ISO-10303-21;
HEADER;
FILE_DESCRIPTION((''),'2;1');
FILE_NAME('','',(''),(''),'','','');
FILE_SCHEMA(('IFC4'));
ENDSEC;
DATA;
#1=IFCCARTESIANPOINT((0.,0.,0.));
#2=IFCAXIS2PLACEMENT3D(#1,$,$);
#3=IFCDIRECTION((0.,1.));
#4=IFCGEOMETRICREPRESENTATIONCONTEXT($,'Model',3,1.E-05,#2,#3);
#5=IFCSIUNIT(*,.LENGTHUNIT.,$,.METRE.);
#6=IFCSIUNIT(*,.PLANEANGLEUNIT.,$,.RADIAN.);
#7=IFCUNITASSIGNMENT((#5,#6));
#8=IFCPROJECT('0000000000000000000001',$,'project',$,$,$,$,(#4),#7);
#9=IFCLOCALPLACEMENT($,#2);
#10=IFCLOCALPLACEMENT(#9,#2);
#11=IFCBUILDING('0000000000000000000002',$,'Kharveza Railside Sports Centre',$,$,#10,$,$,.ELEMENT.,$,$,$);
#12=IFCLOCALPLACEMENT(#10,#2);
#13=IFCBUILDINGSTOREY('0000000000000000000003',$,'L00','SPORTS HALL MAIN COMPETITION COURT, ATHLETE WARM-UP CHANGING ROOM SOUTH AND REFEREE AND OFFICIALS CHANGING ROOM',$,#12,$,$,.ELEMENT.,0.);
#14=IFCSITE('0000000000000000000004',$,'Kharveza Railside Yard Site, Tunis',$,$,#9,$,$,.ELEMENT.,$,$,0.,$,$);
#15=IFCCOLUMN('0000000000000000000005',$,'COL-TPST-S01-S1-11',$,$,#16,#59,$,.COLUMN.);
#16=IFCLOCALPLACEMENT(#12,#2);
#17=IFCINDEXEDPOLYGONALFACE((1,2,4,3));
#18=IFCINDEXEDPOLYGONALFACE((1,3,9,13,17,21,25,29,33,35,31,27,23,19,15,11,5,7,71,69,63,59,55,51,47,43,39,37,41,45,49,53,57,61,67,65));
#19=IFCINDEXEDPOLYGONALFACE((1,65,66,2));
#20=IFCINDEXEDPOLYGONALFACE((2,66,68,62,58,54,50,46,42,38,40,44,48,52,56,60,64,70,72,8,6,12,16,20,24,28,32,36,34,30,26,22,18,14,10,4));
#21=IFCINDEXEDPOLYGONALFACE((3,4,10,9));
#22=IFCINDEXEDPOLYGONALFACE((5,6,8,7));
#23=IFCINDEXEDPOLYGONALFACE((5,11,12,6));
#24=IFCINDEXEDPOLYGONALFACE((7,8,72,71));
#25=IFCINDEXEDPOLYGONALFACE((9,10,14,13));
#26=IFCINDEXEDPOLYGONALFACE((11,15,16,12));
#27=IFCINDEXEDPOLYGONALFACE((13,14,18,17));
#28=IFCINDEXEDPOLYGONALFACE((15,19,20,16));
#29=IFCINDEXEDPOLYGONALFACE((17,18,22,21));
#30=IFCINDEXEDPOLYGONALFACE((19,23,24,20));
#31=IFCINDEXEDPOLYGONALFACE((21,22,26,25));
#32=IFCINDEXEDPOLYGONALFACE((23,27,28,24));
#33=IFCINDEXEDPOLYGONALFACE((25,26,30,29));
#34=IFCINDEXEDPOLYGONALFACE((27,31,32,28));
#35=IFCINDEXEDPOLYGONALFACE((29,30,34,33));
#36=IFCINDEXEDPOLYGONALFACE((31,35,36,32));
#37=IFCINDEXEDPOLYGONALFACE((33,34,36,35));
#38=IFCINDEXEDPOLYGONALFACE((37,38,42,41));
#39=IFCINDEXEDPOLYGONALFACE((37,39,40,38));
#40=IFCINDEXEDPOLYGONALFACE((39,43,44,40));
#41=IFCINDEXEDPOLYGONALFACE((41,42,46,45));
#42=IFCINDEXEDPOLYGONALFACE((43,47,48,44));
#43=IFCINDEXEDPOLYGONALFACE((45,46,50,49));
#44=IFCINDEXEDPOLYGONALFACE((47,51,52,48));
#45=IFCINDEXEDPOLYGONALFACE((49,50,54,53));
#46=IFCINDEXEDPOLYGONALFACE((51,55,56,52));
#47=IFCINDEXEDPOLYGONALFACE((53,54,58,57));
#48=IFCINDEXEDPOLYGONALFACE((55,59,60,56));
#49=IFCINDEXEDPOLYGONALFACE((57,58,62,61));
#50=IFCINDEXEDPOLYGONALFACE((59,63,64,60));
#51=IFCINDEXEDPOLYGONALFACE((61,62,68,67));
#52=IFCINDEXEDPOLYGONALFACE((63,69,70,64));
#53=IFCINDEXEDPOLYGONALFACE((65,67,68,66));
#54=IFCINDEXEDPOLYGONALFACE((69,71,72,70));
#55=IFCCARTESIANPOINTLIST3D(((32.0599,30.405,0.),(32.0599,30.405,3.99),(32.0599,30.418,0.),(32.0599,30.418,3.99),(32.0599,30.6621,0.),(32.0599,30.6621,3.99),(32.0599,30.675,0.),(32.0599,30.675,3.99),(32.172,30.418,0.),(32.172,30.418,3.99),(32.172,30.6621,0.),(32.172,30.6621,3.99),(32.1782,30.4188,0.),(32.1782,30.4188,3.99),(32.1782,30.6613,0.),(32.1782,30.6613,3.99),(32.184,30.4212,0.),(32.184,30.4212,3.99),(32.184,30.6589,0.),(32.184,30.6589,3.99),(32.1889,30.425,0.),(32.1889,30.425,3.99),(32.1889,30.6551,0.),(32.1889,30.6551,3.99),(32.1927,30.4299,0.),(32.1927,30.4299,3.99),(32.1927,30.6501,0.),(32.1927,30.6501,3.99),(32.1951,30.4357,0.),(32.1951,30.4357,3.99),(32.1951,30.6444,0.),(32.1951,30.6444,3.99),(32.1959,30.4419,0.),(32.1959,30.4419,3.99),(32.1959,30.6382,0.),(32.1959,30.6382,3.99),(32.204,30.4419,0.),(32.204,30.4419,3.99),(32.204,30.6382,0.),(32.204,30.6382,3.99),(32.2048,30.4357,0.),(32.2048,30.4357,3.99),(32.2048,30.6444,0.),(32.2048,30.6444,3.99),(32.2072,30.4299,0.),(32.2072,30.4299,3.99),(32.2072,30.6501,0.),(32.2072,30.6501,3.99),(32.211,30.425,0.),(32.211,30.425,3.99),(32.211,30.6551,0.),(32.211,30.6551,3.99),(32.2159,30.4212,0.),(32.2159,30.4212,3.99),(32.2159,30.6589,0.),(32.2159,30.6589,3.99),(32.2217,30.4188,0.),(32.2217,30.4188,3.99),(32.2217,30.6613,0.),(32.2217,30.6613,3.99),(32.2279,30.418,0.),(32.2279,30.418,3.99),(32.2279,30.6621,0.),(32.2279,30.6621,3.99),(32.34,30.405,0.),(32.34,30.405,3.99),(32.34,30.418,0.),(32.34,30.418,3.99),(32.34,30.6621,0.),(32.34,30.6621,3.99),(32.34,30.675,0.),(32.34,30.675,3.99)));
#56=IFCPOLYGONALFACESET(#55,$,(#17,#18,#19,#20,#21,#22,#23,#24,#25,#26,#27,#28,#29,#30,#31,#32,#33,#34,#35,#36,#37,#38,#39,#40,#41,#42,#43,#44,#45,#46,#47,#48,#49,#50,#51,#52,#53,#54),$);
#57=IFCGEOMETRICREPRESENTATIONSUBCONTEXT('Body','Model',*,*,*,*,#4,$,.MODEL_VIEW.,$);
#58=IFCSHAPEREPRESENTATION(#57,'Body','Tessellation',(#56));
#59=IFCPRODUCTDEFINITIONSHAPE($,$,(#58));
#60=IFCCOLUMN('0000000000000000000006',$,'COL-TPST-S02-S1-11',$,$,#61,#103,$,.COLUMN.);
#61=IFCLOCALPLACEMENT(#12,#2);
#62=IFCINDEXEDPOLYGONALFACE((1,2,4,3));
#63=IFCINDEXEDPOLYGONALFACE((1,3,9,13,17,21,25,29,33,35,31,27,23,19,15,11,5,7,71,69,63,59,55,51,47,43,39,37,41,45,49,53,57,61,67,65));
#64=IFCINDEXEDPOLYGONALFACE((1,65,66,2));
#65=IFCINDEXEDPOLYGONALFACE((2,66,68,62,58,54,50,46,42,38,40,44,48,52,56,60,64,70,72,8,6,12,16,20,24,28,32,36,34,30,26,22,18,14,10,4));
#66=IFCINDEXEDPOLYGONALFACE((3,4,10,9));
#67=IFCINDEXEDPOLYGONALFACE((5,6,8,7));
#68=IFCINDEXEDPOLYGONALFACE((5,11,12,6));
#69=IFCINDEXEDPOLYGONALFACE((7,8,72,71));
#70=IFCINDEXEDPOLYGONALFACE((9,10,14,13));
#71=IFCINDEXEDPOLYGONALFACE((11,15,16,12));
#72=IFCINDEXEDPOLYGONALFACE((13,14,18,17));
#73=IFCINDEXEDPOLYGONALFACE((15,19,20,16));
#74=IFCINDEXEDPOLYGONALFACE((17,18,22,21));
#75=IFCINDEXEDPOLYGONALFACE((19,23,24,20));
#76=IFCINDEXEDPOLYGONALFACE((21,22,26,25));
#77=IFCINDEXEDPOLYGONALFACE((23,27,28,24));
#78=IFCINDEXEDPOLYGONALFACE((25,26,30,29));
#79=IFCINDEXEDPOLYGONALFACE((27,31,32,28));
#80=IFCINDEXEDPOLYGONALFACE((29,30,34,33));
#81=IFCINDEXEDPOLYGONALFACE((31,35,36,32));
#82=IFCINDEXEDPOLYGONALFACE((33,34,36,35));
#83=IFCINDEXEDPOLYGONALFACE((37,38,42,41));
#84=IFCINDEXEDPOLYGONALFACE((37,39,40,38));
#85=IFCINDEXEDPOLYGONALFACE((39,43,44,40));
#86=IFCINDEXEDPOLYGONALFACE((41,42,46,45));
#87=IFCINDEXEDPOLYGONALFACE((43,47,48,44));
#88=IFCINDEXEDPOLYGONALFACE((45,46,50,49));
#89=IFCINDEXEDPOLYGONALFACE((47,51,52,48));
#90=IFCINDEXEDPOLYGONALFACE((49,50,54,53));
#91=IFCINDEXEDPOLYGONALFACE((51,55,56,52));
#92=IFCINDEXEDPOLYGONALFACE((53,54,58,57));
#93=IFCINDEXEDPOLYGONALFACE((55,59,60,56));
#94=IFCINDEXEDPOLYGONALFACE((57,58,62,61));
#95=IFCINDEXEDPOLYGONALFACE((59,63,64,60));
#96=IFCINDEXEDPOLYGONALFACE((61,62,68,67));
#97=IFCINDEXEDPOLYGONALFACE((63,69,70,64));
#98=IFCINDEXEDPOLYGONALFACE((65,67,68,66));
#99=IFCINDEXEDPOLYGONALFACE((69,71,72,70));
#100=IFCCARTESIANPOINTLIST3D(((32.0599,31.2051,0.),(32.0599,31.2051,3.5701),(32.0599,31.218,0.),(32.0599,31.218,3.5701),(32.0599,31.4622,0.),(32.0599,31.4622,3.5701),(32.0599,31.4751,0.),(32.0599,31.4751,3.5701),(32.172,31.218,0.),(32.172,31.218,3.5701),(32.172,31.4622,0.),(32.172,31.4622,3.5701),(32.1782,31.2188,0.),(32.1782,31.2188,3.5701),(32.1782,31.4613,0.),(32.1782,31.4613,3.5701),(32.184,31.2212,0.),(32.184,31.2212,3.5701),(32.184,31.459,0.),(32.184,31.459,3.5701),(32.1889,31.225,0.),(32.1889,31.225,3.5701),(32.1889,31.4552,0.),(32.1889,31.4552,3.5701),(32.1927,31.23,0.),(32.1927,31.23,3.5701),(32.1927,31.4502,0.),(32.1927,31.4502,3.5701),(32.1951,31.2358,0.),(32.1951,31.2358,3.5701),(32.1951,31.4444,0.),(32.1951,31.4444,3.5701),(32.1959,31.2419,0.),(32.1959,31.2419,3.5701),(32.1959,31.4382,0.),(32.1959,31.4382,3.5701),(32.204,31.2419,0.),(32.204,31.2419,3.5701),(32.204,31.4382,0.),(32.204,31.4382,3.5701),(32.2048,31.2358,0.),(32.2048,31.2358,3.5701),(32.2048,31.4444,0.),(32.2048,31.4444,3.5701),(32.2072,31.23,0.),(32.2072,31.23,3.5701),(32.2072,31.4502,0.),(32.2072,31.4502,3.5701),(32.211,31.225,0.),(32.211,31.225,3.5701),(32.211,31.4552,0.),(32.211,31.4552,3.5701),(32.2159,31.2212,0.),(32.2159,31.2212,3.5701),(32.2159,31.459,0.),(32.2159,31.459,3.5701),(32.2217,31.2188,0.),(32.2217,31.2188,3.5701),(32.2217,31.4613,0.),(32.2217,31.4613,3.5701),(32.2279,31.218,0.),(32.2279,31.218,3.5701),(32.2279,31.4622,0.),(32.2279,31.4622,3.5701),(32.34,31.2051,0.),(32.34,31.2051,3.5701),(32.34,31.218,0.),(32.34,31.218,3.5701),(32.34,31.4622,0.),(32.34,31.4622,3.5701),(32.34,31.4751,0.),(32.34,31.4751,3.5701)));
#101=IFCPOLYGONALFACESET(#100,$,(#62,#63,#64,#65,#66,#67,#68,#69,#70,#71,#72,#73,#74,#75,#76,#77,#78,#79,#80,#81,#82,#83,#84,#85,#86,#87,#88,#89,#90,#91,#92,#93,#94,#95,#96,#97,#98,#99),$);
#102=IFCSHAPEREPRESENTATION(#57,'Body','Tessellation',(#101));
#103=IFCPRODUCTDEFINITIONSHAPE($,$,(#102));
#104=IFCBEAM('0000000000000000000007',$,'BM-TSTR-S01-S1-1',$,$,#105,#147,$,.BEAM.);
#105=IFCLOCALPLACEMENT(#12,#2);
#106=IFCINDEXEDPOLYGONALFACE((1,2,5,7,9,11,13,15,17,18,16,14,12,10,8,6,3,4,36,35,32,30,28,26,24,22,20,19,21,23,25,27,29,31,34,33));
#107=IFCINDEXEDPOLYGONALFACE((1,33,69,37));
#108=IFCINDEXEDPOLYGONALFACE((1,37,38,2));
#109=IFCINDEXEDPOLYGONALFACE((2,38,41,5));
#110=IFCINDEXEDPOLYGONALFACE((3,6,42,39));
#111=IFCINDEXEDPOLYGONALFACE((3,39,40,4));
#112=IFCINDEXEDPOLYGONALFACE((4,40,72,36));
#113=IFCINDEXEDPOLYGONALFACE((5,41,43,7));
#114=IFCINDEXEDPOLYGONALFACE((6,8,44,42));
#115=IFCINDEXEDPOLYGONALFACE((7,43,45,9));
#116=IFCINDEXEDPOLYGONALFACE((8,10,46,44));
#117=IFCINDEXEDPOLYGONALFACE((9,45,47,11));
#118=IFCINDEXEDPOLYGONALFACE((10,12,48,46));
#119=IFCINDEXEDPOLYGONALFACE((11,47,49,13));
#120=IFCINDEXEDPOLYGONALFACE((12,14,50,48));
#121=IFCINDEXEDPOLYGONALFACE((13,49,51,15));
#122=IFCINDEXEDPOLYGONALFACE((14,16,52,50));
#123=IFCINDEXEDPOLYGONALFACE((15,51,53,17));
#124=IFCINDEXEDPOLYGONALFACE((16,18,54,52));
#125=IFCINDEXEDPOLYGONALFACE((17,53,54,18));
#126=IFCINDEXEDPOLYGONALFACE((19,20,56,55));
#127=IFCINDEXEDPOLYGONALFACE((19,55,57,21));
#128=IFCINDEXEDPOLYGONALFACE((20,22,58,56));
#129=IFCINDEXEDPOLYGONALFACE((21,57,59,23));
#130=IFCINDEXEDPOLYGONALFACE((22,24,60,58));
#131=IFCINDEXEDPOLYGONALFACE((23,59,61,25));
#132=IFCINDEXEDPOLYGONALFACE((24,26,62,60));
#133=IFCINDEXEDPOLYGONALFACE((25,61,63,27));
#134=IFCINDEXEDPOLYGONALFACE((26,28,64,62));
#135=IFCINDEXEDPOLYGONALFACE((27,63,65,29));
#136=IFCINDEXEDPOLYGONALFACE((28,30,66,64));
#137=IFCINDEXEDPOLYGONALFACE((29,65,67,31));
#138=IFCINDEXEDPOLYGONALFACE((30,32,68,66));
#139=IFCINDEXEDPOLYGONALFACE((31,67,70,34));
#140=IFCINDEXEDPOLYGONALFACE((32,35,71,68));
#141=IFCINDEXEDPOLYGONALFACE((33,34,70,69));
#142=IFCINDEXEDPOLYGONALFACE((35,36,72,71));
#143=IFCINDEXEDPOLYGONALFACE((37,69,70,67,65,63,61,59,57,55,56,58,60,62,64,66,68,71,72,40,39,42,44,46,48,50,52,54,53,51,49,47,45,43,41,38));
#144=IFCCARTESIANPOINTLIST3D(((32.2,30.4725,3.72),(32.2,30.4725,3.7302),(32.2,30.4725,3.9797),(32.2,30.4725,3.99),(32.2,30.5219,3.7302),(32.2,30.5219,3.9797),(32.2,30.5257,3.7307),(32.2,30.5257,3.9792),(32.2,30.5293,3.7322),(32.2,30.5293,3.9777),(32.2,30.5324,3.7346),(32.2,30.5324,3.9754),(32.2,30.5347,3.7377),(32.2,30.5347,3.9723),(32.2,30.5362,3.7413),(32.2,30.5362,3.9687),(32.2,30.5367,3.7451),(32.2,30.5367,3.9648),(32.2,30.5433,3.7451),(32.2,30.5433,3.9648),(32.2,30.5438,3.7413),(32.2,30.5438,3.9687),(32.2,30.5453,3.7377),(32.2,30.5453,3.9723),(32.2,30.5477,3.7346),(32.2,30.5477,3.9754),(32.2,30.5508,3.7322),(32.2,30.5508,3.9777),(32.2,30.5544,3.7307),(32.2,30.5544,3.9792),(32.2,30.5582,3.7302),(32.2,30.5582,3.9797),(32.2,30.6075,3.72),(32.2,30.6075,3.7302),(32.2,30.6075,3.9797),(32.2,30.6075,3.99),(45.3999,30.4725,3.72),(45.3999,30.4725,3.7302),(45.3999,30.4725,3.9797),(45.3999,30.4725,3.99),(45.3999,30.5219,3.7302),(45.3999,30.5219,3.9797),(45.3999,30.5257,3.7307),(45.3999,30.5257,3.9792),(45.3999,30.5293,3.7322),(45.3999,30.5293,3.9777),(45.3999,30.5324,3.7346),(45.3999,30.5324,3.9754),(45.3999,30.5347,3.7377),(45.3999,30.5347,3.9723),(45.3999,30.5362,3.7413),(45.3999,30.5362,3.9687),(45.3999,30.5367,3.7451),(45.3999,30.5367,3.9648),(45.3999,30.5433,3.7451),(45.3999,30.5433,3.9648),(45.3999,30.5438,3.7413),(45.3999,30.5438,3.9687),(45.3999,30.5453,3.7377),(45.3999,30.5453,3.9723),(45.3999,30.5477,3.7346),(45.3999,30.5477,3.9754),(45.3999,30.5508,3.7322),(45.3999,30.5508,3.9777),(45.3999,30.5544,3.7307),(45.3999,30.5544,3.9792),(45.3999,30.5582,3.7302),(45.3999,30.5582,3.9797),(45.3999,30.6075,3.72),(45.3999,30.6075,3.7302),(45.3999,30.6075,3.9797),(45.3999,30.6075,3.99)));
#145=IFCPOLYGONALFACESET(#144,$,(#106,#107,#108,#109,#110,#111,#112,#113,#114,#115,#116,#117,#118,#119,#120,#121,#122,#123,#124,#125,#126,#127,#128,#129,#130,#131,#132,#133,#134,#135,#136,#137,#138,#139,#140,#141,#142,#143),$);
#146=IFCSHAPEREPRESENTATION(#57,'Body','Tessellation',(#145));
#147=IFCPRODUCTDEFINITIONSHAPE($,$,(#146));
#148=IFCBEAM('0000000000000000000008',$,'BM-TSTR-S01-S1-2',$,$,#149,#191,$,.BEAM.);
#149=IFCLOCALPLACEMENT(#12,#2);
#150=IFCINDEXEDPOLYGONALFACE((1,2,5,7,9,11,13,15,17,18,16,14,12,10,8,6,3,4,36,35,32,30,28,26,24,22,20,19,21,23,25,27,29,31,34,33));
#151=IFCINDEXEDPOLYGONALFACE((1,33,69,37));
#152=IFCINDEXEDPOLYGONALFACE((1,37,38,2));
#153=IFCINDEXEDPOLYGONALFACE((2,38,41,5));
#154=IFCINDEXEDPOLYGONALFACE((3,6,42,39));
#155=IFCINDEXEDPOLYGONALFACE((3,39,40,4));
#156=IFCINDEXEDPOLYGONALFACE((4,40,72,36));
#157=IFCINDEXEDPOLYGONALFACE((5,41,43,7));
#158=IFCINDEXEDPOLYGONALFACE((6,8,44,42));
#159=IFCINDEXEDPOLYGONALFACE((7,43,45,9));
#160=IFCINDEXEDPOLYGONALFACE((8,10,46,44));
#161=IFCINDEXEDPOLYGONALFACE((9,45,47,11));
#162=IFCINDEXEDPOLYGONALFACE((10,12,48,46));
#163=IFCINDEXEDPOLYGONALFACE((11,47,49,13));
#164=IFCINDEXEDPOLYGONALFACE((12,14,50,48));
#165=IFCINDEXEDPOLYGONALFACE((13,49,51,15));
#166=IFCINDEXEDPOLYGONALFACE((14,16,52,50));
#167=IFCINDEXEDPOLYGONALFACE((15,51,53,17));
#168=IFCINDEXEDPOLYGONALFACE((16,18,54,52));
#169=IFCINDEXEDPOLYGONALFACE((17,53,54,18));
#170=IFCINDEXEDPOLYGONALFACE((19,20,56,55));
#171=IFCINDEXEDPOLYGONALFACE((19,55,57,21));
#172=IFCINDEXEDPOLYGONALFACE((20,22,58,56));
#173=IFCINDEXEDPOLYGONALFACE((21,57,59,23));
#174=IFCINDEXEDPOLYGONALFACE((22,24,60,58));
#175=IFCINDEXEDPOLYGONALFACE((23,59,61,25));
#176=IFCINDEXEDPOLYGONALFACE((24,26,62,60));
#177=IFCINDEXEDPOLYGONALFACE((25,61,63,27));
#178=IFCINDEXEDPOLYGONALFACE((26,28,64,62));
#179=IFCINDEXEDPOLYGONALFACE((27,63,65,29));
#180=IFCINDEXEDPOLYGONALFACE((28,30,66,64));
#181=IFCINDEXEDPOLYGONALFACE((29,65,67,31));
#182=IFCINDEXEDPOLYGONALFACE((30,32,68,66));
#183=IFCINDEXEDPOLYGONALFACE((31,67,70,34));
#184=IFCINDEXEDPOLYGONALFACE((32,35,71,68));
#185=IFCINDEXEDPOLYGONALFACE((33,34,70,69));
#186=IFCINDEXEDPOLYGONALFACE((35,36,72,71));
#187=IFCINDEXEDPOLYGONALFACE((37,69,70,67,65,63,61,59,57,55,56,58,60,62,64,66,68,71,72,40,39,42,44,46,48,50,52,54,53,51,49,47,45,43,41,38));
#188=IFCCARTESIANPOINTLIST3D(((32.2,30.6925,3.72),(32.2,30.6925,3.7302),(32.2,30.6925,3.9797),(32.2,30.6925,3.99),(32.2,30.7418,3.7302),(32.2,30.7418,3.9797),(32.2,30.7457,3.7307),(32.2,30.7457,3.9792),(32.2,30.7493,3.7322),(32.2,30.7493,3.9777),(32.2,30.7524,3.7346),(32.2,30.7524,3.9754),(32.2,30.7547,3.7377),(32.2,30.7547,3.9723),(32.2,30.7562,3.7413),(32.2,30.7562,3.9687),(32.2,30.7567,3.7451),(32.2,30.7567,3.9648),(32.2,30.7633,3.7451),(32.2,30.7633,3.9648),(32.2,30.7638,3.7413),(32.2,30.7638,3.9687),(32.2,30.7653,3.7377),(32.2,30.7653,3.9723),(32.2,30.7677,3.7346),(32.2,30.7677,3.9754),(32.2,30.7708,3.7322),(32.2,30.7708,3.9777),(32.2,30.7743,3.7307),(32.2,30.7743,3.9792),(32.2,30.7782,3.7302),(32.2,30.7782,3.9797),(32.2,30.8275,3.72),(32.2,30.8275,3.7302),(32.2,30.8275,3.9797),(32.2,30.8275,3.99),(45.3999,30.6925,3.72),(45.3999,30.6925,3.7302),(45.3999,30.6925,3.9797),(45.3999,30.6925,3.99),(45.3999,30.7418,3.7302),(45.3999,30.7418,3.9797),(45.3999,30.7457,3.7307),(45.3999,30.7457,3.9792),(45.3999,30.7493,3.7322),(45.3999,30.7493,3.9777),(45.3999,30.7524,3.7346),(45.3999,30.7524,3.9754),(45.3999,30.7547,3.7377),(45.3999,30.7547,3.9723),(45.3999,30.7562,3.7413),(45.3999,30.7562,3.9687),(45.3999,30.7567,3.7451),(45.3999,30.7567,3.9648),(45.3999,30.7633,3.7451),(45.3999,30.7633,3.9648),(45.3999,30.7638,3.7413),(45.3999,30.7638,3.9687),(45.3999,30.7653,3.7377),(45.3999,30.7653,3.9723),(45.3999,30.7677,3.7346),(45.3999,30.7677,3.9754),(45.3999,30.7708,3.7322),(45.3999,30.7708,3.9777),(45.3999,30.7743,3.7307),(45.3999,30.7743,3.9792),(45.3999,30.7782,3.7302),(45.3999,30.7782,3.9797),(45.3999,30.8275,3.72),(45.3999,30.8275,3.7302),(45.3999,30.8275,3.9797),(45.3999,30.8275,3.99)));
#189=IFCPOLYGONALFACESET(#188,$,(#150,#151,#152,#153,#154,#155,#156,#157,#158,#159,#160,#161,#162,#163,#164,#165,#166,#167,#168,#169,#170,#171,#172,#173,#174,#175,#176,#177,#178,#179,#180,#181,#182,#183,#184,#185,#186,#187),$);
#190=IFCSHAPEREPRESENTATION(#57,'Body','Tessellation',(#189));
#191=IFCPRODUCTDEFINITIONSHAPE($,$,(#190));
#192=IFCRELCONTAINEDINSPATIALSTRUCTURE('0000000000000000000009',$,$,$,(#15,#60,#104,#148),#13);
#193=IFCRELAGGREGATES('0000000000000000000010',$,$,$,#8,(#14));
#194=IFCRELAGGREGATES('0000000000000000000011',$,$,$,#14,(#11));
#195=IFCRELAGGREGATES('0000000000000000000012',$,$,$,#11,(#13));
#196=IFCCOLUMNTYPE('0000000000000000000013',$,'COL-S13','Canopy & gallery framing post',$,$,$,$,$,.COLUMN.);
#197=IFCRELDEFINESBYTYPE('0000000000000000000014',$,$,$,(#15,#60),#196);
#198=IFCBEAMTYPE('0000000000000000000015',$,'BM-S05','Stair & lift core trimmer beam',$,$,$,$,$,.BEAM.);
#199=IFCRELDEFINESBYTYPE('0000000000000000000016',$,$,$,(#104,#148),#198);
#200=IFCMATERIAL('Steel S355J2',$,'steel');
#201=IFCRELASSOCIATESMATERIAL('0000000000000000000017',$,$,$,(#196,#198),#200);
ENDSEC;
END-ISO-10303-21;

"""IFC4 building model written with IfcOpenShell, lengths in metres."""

from ifc_helpers import new_model, si_unit, direction, frame, origin, origin_2d, place, context, subcontext, project, spatial, i_section, extrude, material, material_profile, profile_set, type_object, element, save


model = new_model("IFC4")

# Units and contexts
model_context = context("Model", 3, precision=1e-05, world=origin(), true_north=direction((0.0, 1.0)))
body_context = subcontext(model_context, "Body", "Model", "MODEL_VIEW")
ifc_project = project(units=[si_unit("LENGTHUNIT", "METRE"), si_unit("PLANEANGLEUNIT", "RADIAN")], contexts=[model_context])

# Site, building, storey
site_placement = place(None, origin())
site = spatial("IfcSite", under=ifc_project, at=site_placement, Name="Kharveza Railside Yard Site, Tunis", CompositionType="ELEMENT", RefElevation=0.0)
building_placement = place(site_placement, origin())
building = spatial("IfcBuilding", under=site, at=building_placement, Name="Kharveza Railside Sports Centre", CompositionType="ELEMENT")
storey_placement = place(building_placement, origin())
storey = spatial("IfcBuildingStorey", under=building, at=storey_placement, Name="L00", Description="SPORTS HALL MAIN COMPETITION COURT, ATHLETE WARM-UP CHANGING ROOM SOUTH AND REFEREE AND OFFICIALS CHANGING ROOM", CompositionType="ELEMENT", Elevation=0.0)

# Columns
ifc_material_1 = material(Name="Steel S355J2", Category="steel")
ifc_material_profile_1 = material_profile(ifc_material_1, i_section(OverallWidth=0.28, OverallDepth=0.27, WebThickness=0.0081, FlangeThickness=0.0129, FilletRadius=0.0239, at=origin_2d()), Name="HEA 280")
ifc_profile_set_1 = profile_set([ifc_material_profile_1], Name="Steel S355J2")
column_type_1 = type_object("IfcColumnType", Name="COL-S13", Description="Canopy & gallery framing post", PredefinedType="COLUMN", material=ifc_profile_set_1)
column_1_placement = place(storey_placement, frame((32.2, 30.54, 0.0), z_axis=(0.0, 0.0, 1.0), x_axis=(1.0, 0.0, 0.0)))
element("IfcColumn", 1, at=column_1_placement, inside=storey, type_object=column_type_1, Name="COL-TPST-S01-S1-11", PredefinedType="COLUMN", context=body_context, shape_type="SweptSolid", body=[
    extrude(i_section(OverallWidth=0.28, OverallDepth=0.27, WebThickness=0.0081, FlangeThickness=0.0129, FilletRadius=0.0239, at=origin_2d()), origin(), (0.0, 0.0, 1.0), 3.99),
])
column_2_placement = place(storey_placement, frame((32.2, 31.3401, 0.0), z_axis=(0.0, 0.0, 1.0), x_axis=(1.0, 0.0, 0.0)))
element("IfcColumn", 2, at=column_2_placement, inside=storey, type_object=column_type_1, Name="COL-TPST-S02-S1-11", PredefinedType="COLUMN", context=body_context, shape_type="SweptSolid", body=[
    extrude(i_section(OverallWidth=0.28, OverallDepth=0.27, WebThickness=0.0081, FlangeThickness=0.0129, FilletRadius=0.0239, at=origin_2d()), origin(), (0.0, 0.0, 1.0), 3.5701),
])

# Beams
ifc_material_profile_2 = material_profile(ifc_material_1, i_section(OverallWidth=0.135, OverallDepth=0.27, WebThickness=0.0066, FlangeThickness=0.0103, FilletRadius=0.0149, at=origin_2d()), Name="IPE 270")
ifc_profile_set_2 = profile_set([ifc_material_profile_2], Name="Steel S355J2")
beam_type_1 = type_object("IfcBeamType", Name="BM-S05", Description="Stair & lift core trimmer beam", PredefinedType="BEAM", material=ifc_profile_set_2)
for number, where, z_axis, x_axis, name in (
    (3, (32.2, 30.54, 3.855), (1.0, 0.0, 0.0), (0.0, 1.0, 0.0), "BM-TSTR-S01-S1-1"),
    (4, (32.2, 30.76, 3.855), (1.0, 0.0, 0.0), (0.0, 1.0, 0.0), "BM-TSTR-S01-S1-2"),
):
    element("IfcBeam", number, at=place(storey_placement, frame(where, z_axis=z_axis, x_axis=x_axis)), inside=storey, type_object=beam_type_1, Name=name, PredefinedType="BEAM", context=body_context, shape_type="SweptSolid", body=[
        extrude(i_section(OverallWidth=0.135, OverallDepth=0.27, WebThickness=0.0066, FlangeThickness=0.0103, FilletRadius=0.0149, at=origin_2d()), origin(), (0.0, 0.0, 1.0), 13.2),
    ])

save(model, "model.ifc")
